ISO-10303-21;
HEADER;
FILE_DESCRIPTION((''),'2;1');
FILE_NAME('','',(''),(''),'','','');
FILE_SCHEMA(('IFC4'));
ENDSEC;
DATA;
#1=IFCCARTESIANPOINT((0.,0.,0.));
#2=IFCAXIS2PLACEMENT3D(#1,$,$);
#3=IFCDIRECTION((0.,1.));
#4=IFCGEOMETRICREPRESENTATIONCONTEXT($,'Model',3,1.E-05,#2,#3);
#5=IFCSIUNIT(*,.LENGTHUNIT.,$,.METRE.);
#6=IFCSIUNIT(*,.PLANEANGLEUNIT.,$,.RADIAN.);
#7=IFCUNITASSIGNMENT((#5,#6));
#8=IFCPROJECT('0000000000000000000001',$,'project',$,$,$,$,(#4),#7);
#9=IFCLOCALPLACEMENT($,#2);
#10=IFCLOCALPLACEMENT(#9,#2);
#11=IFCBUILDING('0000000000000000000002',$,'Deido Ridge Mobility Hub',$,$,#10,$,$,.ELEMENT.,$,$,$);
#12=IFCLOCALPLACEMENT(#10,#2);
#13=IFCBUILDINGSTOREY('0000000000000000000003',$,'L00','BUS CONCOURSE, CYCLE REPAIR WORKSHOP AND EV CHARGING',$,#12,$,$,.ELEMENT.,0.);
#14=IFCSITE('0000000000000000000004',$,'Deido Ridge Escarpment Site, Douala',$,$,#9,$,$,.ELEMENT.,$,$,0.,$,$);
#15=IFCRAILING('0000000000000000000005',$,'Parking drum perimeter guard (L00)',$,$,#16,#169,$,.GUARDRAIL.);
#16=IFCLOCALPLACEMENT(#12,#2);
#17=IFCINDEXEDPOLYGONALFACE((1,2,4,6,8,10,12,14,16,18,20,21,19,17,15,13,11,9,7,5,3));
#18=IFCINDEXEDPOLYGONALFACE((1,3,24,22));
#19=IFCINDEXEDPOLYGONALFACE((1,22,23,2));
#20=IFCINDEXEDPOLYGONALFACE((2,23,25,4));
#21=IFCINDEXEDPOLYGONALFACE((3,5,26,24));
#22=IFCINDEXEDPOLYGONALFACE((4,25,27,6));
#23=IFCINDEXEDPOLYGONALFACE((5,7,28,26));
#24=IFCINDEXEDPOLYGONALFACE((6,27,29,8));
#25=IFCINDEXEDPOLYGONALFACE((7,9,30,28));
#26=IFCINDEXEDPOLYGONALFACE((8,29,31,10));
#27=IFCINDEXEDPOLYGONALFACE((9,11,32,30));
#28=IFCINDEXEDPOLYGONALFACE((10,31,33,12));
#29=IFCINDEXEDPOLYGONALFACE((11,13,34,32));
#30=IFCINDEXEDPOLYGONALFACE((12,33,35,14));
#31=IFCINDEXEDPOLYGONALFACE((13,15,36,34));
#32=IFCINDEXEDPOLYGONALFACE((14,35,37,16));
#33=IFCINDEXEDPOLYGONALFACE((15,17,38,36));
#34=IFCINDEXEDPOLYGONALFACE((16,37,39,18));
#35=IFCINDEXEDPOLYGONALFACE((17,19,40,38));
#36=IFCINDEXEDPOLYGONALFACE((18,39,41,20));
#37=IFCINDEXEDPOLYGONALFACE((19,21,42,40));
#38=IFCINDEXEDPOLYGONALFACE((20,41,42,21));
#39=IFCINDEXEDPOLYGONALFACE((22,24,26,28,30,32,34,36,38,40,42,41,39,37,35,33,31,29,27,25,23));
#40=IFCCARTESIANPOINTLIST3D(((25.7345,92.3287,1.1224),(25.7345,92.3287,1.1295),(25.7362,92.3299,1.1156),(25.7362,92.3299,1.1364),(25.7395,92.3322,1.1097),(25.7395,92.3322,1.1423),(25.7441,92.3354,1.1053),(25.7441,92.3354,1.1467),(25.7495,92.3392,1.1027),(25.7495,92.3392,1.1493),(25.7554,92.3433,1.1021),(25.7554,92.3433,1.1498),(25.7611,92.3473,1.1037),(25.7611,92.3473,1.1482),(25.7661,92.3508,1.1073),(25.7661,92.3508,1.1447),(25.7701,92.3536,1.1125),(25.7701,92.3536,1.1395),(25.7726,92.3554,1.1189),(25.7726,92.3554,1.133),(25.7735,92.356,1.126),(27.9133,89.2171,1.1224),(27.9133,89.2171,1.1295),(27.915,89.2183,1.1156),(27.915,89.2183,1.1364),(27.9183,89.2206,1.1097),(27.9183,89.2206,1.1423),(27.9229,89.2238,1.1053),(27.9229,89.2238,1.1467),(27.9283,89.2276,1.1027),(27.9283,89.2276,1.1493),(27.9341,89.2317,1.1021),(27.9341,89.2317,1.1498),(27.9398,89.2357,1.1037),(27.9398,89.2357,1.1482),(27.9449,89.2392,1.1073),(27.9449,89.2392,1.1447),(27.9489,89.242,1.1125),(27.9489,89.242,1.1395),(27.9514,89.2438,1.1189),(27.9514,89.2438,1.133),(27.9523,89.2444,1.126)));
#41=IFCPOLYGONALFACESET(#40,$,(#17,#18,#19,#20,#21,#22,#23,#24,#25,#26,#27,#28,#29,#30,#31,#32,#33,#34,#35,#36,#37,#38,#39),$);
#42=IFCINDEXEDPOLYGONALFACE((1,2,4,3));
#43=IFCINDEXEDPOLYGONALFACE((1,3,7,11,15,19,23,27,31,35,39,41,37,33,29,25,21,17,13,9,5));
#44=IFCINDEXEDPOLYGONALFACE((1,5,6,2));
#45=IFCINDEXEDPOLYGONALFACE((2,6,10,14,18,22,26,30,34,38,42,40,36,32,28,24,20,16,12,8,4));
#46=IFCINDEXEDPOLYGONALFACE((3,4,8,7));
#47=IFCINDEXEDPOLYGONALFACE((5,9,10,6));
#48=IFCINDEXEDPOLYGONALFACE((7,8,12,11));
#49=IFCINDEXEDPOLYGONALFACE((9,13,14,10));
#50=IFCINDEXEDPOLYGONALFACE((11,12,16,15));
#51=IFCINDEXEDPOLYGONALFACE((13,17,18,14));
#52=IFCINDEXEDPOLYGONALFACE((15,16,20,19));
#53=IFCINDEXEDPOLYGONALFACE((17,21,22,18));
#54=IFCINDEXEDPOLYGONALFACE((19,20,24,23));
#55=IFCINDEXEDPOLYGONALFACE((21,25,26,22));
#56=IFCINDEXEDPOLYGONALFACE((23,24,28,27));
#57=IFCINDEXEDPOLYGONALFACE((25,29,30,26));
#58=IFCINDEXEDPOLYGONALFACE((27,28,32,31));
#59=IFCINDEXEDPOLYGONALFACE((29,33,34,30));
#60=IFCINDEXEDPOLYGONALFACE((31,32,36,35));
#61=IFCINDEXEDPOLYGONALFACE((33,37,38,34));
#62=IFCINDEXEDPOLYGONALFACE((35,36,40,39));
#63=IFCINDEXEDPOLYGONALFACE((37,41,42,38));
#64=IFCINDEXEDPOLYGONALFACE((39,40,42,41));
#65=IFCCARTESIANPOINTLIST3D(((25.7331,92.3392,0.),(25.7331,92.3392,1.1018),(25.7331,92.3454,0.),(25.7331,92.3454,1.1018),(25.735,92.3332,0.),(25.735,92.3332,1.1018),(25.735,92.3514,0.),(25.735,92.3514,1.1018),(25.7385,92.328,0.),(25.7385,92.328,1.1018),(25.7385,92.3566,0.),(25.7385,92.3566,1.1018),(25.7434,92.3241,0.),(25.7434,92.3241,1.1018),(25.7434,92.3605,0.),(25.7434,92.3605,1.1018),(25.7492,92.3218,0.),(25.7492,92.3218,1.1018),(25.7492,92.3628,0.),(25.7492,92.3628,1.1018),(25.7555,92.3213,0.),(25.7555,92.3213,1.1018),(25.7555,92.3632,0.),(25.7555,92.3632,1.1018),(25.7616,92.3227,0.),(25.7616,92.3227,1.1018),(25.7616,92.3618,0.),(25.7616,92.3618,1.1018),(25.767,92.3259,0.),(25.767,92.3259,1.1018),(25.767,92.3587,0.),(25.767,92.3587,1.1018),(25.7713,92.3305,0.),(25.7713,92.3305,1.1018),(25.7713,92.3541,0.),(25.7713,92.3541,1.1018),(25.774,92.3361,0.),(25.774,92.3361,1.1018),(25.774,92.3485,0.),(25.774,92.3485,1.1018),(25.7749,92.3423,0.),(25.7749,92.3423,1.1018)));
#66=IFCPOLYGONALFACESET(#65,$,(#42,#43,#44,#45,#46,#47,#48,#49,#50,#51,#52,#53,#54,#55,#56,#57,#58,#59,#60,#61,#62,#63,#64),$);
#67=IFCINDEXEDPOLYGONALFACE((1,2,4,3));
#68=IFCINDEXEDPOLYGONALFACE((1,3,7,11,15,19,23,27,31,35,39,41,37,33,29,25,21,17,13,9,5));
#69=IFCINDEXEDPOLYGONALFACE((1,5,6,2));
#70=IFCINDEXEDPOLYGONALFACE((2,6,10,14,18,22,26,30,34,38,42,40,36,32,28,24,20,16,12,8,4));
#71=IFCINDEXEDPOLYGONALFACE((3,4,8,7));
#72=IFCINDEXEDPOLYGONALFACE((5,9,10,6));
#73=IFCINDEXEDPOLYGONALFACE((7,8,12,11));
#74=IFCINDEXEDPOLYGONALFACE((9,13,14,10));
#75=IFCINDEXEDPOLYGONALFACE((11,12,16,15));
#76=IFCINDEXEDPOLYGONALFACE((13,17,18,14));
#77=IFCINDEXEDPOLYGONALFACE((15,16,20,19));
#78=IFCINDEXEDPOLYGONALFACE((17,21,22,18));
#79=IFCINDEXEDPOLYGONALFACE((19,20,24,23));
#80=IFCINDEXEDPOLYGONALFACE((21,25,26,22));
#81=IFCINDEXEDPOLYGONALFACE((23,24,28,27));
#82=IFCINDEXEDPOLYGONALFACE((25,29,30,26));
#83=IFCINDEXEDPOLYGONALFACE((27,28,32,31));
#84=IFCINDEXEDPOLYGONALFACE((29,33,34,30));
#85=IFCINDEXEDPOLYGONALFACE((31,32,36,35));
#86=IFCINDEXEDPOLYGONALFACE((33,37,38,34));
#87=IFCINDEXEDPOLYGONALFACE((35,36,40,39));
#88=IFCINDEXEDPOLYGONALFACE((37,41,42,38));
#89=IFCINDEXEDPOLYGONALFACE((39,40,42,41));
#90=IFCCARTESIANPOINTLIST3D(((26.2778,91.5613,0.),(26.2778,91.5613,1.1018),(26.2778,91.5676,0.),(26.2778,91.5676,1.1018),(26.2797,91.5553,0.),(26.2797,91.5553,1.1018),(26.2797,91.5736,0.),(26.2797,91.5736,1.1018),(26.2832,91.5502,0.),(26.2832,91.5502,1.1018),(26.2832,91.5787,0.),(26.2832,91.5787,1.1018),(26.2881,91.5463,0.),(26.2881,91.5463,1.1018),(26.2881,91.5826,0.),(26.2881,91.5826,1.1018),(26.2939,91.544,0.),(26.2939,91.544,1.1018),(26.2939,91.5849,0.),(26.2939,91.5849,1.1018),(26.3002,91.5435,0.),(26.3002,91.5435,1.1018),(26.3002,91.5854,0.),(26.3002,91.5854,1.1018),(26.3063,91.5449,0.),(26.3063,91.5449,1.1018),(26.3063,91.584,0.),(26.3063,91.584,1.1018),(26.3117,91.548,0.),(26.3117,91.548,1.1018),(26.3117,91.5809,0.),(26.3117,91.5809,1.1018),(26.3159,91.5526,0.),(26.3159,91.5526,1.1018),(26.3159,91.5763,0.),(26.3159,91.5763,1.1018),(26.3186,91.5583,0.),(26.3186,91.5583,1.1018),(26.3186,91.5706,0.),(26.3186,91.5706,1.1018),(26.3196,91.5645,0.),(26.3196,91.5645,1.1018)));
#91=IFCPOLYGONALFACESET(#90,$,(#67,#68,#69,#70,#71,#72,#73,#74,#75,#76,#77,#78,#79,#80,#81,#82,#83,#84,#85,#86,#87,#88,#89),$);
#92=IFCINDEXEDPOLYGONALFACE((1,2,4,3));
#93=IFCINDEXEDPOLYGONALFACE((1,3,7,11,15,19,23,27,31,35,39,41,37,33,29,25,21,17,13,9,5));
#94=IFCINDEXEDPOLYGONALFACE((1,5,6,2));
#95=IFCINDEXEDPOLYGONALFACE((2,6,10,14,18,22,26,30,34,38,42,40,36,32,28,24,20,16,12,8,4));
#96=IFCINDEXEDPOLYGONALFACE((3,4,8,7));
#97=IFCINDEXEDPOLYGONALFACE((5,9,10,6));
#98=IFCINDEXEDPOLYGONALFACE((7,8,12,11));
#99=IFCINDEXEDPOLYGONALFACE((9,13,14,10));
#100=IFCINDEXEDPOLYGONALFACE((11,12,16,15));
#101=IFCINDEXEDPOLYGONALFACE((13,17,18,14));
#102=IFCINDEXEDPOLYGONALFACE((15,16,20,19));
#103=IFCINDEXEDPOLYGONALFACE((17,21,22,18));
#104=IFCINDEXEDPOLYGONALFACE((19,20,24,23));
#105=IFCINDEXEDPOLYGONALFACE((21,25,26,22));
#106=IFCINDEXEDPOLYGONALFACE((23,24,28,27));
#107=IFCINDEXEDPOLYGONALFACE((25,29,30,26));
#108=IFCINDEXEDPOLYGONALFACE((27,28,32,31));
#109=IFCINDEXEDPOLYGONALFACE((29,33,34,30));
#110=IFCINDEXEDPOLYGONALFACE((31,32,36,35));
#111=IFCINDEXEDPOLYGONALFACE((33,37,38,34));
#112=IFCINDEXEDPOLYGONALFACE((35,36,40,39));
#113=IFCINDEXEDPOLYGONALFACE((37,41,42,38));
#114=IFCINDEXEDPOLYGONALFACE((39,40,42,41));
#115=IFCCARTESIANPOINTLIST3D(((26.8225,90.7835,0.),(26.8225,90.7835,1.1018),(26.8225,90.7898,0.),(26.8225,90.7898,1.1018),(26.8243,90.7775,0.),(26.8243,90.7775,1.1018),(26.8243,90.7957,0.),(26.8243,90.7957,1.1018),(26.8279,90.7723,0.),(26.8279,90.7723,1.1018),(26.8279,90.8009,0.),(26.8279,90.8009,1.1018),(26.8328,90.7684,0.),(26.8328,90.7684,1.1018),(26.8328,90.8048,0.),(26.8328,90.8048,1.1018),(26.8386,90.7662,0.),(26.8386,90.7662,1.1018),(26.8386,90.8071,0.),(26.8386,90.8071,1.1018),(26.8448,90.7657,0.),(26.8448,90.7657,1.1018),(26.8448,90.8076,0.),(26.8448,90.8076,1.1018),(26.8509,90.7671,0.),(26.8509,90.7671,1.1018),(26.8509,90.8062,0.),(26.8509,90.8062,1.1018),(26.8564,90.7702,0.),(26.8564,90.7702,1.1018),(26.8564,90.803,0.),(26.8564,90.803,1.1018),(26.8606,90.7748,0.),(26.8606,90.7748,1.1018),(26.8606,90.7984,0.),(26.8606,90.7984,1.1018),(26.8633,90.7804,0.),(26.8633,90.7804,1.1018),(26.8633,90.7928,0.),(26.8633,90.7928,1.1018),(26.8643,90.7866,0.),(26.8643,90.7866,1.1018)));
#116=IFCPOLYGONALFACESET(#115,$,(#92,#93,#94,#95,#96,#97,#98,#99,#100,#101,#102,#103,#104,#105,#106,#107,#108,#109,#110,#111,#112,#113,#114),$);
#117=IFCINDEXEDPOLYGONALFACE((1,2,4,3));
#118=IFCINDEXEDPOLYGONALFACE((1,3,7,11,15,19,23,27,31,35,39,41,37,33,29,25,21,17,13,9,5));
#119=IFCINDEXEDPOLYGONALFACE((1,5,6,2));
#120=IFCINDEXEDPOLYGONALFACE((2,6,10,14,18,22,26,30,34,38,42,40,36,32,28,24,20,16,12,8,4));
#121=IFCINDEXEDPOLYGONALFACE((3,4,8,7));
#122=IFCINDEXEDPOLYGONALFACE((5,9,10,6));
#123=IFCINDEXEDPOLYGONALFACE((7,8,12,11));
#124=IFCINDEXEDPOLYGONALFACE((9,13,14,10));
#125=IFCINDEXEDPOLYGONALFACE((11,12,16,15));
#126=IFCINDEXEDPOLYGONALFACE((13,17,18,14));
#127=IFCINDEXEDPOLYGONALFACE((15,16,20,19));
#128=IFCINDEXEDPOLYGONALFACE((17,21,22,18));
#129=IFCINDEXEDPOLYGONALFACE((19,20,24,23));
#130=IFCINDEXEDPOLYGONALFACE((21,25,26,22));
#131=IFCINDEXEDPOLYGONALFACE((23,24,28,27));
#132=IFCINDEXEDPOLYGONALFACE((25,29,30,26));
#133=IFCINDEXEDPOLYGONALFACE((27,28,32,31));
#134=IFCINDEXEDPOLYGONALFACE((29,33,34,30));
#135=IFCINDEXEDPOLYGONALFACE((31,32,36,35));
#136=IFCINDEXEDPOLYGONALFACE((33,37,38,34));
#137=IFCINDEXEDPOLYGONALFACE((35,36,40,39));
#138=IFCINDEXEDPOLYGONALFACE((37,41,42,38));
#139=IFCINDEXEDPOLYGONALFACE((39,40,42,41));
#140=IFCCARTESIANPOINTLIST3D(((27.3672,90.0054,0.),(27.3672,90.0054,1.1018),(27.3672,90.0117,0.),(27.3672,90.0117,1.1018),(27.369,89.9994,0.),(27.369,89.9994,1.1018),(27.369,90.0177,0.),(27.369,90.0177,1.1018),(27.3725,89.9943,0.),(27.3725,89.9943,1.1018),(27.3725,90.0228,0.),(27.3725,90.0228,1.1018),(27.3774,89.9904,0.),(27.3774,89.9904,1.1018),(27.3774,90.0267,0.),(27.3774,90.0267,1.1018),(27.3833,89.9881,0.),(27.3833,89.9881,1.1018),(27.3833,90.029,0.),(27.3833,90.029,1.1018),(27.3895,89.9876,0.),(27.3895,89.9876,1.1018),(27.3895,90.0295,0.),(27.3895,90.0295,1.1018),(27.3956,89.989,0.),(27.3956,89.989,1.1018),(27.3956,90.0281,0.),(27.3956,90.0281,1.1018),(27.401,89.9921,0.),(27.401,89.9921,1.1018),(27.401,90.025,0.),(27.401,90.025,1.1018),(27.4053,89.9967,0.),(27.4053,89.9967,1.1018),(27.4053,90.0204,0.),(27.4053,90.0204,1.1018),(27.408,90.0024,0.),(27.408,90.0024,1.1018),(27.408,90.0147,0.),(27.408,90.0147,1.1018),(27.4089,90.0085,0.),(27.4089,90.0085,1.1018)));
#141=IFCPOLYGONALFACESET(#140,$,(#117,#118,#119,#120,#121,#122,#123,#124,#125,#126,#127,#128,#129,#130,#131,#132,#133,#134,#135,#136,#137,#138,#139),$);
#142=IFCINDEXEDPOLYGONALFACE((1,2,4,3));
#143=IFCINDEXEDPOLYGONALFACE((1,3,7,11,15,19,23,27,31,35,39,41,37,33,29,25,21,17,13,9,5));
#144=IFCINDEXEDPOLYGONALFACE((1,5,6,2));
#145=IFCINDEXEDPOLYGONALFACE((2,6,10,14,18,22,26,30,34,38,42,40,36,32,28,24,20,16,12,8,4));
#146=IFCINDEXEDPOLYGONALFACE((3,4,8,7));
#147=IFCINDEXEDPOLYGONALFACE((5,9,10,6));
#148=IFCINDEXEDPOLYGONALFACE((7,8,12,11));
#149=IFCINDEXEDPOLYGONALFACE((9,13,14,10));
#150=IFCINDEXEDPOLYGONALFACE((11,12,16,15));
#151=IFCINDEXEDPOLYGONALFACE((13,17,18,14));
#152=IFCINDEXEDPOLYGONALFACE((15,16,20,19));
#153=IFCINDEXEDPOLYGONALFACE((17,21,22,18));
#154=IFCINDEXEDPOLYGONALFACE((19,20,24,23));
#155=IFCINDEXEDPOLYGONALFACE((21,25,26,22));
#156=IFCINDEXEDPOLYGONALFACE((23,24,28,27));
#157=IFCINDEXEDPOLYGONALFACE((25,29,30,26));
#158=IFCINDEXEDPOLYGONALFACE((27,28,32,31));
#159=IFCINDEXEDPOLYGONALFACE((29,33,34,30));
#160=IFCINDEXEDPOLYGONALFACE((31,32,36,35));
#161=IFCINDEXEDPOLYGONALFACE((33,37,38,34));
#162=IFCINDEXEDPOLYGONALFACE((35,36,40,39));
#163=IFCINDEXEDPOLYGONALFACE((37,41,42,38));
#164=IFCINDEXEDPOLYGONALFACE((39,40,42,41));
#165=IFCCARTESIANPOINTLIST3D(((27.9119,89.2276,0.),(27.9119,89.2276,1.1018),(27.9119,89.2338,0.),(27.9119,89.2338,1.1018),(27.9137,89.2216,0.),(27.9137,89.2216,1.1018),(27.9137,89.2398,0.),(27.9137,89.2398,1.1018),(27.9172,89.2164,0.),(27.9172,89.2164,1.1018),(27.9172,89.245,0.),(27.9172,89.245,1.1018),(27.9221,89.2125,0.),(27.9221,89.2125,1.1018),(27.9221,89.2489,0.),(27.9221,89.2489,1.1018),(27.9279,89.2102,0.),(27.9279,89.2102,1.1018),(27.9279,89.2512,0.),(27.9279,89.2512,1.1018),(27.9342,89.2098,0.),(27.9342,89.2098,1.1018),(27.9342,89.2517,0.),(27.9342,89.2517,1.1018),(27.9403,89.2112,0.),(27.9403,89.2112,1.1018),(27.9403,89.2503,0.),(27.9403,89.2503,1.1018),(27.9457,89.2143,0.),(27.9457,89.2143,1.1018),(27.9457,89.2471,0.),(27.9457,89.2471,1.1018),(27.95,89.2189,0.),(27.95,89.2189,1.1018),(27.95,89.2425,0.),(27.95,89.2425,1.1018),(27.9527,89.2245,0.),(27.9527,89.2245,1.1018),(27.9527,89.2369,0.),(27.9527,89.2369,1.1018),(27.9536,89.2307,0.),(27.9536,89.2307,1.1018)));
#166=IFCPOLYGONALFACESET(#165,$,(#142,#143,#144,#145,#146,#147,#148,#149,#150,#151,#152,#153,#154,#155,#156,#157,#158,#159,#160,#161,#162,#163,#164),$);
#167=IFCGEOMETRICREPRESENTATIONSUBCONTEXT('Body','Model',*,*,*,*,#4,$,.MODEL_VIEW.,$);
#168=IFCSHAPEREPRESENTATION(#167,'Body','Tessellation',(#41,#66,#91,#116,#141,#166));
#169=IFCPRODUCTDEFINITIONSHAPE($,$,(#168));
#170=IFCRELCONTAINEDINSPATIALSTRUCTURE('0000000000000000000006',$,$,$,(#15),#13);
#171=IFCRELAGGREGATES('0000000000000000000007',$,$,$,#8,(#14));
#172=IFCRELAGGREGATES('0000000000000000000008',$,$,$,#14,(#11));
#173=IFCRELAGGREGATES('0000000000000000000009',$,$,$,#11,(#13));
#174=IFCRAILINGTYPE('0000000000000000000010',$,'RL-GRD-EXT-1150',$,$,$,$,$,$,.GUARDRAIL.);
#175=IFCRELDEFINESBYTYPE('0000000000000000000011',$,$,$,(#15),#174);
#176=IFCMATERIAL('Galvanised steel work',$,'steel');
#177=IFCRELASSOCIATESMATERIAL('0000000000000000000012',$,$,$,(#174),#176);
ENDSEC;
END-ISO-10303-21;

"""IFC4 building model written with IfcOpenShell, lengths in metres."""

from ifc_helpers import new_model, si_unit, direction, frame, origin, origin_2d, place, context, subcontext, project, spatial, circle, extrude, material, type_object, element, save


model = new_model("IFC4")

# Units and contexts
model_context = context("Model", 3, precision=1e-05, world=origin(), true_north=direction((0.0, 1.0)))
body_context = subcontext(model_context, "Body", "Model", "MODEL_VIEW")
ifc_project = project(units=[si_unit("LENGTHUNIT", "METRE"), si_unit("PLANEANGLEUNIT", "RADIAN")], contexts=[model_context])

# Site, building, storey
site_placement = place(None, origin())
site = spatial("IfcSite", under=ifc_project, at=site_placement, Name="Deido Ridge Escarpment Site, Douala", CompositionType="ELEMENT", RefElevation=0.0)
building_placement = place(site_placement, origin())
building = spatial("IfcBuilding", under=site, at=building_placement, Name="Deido Ridge Mobility Hub", CompositionType="ELEMENT")
storey_placement = place(building_placement, origin())
storey = spatial("IfcBuildingStorey", under=building, at=storey_placement, Name="L00", Description="BUS CONCOURSE, CYCLE REPAIR WORKSHOP AND EV CHARGING", CompositionType="ELEMENT", Elevation=0.0)

# Railing
ifc_material_1 = material(Name="Galvanised steel work", Category="steel")
railing_type = type_object("IfcRailingType", Name="RL-GRD-EXT-1150", PredefinedType="GUARDRAIL", material=ifc_material_1)
railing_placement = place(storey_placement, frame((25.7539, 92.3423, 0.0)))
element("IfcRailing", 1, at=railing_placement, inside=storey, type_object=railing_type, Name="Parking drum perimeter guard (L00)", PredefinedType="GUARDRAIL", context=body_context, shape_type="SweptSolid", body=[
    extrude(circle(Radius=0.0239, at=origin_2d()), frame((0.0, 0.0, 1.126), z_axis=(0.57357, -0.819156, 0.0), x_axis=(0.819156, 0.57357, 0.0)), (0.0, 0.0, 1.0), 3.7986),
    extrude(circle(Radius=0.021, at=origin_2d()), origin(), (0.0, 0.0, 1.0), 1.1018),
    extrude(circle(Radius=0.021, at=origin_2d()), frame((0.5447, -0.7778, 0.0)), (0.0, 0.0, 1.0), 1.1018),
    extrude(circle(Radius=0.021, at=origin_2d()), frame((1.0894, -1.5557, 0.0)), (0.0, 0.0, 1.0), 1.1018),
    extrude(circle(Radius=0.021, at=origin_2d()), frame((1.634, -2.3337, 0.0)), (0.0, 0.0, 1.0), 1.1018),
    extrude(circle(Radius=0.021, at=origin_2d()), frame((2.1787, -3.1116, 0.0)), (0.0, 0.0, 1.0), 1.1018),
])

save(model, "model.ifc")
